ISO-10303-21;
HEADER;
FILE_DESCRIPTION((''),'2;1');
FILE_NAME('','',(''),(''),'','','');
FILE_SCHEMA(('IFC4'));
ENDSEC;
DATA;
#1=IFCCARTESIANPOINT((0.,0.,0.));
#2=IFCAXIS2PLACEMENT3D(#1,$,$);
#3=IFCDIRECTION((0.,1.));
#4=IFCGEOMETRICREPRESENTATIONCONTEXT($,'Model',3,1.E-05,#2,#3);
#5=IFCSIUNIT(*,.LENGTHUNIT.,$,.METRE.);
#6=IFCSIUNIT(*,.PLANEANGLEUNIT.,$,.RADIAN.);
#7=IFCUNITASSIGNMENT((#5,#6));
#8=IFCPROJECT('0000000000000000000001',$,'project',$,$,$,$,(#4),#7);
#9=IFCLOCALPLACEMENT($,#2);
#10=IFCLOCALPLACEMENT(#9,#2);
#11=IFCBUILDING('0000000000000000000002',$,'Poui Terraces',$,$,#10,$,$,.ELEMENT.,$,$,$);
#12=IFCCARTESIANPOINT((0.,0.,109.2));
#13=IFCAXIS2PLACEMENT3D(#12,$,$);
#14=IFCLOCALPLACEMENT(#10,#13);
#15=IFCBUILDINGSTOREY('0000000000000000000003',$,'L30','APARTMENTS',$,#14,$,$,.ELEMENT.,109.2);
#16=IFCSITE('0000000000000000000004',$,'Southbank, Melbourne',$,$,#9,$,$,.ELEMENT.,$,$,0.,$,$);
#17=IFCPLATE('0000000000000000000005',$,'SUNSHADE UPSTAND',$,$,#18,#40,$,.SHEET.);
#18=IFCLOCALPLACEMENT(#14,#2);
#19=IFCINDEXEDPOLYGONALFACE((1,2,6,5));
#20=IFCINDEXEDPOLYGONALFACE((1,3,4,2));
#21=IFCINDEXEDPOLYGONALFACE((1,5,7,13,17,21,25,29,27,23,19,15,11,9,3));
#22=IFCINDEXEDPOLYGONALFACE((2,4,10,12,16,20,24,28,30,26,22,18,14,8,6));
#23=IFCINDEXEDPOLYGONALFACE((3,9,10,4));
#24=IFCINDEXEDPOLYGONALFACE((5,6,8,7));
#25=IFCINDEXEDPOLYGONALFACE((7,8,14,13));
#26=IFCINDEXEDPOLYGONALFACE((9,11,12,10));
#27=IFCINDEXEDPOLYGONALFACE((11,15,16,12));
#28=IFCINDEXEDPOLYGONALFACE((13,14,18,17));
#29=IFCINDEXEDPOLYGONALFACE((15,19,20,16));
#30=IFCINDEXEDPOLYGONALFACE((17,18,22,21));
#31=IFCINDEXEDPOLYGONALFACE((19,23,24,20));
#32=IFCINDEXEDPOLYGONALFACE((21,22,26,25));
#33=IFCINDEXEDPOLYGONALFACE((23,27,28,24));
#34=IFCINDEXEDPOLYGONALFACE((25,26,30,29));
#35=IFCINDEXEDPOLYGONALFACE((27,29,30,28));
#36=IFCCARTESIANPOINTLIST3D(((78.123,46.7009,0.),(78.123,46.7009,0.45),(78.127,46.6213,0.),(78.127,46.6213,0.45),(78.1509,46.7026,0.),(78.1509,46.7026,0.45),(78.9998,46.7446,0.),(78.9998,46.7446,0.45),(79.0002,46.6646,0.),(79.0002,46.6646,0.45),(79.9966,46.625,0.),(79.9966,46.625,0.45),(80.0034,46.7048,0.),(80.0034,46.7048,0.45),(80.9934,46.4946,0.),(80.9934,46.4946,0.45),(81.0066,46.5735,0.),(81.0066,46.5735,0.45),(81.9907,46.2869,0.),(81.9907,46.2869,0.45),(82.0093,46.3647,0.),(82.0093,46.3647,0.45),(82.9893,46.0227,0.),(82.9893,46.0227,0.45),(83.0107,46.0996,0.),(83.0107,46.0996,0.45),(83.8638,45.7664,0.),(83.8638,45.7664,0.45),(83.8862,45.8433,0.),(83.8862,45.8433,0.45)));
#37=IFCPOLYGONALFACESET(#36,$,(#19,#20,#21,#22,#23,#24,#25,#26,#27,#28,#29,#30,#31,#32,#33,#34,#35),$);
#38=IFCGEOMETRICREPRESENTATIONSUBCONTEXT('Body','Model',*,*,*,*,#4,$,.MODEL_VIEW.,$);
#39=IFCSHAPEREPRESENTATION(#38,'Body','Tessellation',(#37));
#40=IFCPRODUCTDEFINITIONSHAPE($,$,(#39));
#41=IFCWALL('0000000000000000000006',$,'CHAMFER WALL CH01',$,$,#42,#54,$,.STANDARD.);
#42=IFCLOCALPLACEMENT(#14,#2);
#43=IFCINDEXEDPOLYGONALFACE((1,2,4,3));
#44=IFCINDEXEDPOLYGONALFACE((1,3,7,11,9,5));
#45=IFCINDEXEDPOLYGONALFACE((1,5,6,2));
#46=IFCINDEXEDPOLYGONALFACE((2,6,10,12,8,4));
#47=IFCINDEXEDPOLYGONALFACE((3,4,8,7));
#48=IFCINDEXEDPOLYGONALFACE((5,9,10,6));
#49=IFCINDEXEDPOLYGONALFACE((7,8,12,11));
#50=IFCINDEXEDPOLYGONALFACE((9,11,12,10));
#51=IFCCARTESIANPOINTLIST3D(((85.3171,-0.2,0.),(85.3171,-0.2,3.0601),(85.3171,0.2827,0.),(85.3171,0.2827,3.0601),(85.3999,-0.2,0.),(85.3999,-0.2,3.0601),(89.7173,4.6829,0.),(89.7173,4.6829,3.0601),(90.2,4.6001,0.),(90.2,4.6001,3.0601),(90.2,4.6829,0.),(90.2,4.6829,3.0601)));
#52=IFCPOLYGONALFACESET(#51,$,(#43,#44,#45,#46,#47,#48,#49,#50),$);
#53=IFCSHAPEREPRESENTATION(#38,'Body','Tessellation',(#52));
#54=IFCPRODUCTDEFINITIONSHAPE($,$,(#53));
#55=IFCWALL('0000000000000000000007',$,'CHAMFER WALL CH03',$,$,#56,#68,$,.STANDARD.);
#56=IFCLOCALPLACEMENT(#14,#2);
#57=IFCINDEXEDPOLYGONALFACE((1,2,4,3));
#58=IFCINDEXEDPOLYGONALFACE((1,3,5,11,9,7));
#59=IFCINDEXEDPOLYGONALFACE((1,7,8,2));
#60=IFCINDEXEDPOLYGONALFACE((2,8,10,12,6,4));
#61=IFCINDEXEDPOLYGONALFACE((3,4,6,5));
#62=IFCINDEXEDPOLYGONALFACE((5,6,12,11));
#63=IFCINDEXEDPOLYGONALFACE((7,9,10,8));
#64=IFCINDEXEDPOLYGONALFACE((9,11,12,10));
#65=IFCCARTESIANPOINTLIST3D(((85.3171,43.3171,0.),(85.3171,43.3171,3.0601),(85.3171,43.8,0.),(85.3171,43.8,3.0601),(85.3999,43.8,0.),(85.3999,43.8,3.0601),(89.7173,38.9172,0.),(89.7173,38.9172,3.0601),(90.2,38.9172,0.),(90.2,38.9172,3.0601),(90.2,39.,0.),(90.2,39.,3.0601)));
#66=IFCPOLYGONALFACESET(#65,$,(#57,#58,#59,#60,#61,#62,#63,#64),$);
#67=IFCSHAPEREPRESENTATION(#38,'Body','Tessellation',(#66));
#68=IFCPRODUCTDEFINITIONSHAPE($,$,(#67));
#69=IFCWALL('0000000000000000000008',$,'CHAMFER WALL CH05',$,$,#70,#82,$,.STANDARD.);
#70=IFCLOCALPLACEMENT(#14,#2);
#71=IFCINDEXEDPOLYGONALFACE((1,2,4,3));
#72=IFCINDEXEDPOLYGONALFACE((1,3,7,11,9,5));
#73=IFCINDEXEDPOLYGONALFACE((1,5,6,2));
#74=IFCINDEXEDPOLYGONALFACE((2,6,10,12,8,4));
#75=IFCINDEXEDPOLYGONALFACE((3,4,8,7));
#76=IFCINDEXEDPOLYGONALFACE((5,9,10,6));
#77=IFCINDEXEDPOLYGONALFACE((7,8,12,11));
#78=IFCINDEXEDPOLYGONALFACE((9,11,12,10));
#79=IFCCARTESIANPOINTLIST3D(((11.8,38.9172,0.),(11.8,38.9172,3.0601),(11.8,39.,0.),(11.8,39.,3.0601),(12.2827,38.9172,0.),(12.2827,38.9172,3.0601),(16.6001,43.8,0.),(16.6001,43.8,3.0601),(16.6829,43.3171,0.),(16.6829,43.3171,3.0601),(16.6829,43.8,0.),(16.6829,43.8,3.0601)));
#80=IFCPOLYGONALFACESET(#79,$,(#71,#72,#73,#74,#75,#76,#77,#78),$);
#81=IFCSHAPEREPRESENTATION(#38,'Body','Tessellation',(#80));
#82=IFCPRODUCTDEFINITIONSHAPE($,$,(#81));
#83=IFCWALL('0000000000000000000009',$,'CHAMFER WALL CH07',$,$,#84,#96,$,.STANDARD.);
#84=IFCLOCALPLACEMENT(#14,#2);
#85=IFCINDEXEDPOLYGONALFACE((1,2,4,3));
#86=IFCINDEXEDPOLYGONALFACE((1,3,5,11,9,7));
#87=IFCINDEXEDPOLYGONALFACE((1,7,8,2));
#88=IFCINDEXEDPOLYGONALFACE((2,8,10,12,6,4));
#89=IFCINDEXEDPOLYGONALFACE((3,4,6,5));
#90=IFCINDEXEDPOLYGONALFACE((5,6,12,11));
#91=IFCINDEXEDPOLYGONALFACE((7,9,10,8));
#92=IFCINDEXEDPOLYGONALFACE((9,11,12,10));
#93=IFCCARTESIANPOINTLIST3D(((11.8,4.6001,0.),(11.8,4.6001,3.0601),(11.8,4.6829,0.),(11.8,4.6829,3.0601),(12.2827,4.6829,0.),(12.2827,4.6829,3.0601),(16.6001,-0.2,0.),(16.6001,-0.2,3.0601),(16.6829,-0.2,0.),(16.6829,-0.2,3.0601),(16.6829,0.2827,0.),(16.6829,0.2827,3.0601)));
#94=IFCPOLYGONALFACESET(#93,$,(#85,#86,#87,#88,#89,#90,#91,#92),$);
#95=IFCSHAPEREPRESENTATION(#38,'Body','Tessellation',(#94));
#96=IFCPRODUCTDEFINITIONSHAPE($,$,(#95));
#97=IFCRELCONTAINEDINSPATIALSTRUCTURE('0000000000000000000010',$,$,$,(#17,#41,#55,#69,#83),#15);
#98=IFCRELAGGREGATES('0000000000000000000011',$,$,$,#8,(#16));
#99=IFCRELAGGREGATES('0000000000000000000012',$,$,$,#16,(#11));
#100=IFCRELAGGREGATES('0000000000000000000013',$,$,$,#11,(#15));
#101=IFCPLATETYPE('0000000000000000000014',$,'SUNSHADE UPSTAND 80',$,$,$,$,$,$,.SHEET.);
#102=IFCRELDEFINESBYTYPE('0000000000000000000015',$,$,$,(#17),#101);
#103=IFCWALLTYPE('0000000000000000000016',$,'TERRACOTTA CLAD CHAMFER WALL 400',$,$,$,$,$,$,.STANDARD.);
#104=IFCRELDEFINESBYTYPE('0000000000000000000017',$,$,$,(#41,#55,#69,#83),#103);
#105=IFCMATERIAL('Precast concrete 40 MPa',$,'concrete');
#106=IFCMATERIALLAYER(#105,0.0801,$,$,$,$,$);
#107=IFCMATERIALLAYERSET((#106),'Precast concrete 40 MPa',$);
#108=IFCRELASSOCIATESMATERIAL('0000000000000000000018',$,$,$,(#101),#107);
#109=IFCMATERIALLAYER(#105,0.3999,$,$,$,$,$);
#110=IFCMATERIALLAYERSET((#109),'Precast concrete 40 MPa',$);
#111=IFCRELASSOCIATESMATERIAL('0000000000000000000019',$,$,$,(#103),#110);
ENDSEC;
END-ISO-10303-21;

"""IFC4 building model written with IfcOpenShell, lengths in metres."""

from ifc_helpers import new_model, si_unit, direction, frame, origin, place, context, subcontext, project, spatial, polyline, outline, extrude, material, layer, layer_set, type_object, element, save


model = new_model("IFC4")

# Units and contexts
model_context = context("Model", 3, precision=1e-05, world=origin(), true_north=direction((0.0, 1.0)))
body_context = subcontext(model_context, "Body", "Model", "MODEL_VIEW")
ifc_project = project(units=[si_unit("LENGTHUNIT", "METRE"), si_unit("PLANEANGLEUNIT", "RADIAN")], contexts=[model_context])

# Site, building, storey
site_placement = place(None, origin())
site = spatial("IfcSite", under=ifc_project, at=site_placement, Name="Southbank, Melbourne", CompositionType="ELEMENT", RefElevation=0.0)
building_placement = place(site_placement, origin())
building = spatial("IfcBuilding", under=site, at=building_placement, Name="Poui Terraces", CompositionType="ELEMENT")
storey_placement = place(building_placement, frame((0.0, 0.0, 109.2)))
storey = spatial("IfcBuildingStorey", under=building, at=storey_placement, Name="L30", Description="APARTMENTS", CompositionType="ELEMENT", Elevation=109.2)

# Shared definitions
ifc_material = material(Name="Precast concrete 40 MPa", Category="concrete")

# Plate
ifc_layer_1 = layer(ifc_material, 0.0801)
ifc_layer_set_1 = layer_set([ifc_layer_1], Name="Precast concrete 40 MPa")
plate_type = type_object("IfcPlateType", Name="SUNSHADE UPSTAND 80", PredefinedType="SHEET", material=ifc_layer_set_1)
plate_1_placement = place(storey_placement, origin())
element("IfcPlate", 1, at=plate_1_placement, inside=storey, type_object=plate_type, Name="SUNSHADE UPSTAND", PredefinedType="SHEET", context=body_context, shape_type="SweptSolid", body=[
    extrude(outline(polyline([(78.9998, 46.7446), (78.1509, 46.7026), (78.123, 46.7009), (78.127, 46.6213), (79.0002, 46.6646), (79.9966, 46.625), (80.9934, 46.4946), (81.9907, 46.2869), (82.9893, 46.0227), (83.8638, 45.7664), (83.8862, 45.8433), (83.0107, 46.0996), (82.0093, 46.3647), (81.0066, 46.5735), (80.0034, 46.7048), (78.9998, 46.7446)])), origin(), (0.0, 0.0, 1.0), 0.45),
])

# Walls
ifc_layer_2 = layer(ifc_material, 0.3999)
ifc_layer_set_2 = layer_set([ifc_layer_2], Name="Precast concrete 40 MPa")
wall_type = type_object("IfcWallType", Name="TERRACOTTA CLAD CHAMFER WALL 400", PredefinedType="STANDARD", material=ifc_layer_set_2)
wall_1_placement = place(storey_placement, origin())
element("IfcWall", 2, at=wall_1_placement, inside=storey, type_object=wall_type, Name="CHAMFER WALL CH01", PredefinedType="STANDARD", context=body_context, shape_type="SweptSolid", body=[
    extrude(outline(polyline([(85.3171, -0.2), (85.3999, -0.2), (90.2, 4.6001), (90.2, 4.6829), (89.7173, 4.6829), (85.3171, 0.2827), (85.3171, -0.2)])), origin(), (0.0, 0.0, 1.0), 3.0601),
])
wall_2_placement = place(storey_placement, origin())
element("IfcWall", 3, at=wall_2_placement, inside=storey, type_object=wall_type, Name="CHAMFER WALL CH03", PredefinedType="STANDARD", context=body_context, shape_type="SweptSolid", body=[
    extrude(outline(polyline([(90.2, 38.9172), (90.2, 39.0), (85.3999, 43.8), (85.3171, 43.8), (85.3171, 43.3171), (89.7173, 38.9172), (90.2, 38.9172)])), origin(), (0.0, 0.0, 1.0), 3.0601),
])
wall_3_placement = place(storey_placement, origin())
element("IfcWall", 4, at=wall_3_placement, inside=storey, type_object=wall_type, Name="CHAMFER WALL CH05", PredefinedType="STANDARD", context=body_context, shape_type="SweptSolid", body=[
    extrude(outline(polyline([(16.6829, 43.8), (16.6001, 43.8), (11.8, 39.0), (11.8, 38.9172), (12.2827, 38.9172), (16.6829, 43.3171), (16.6829, 43.8)])), origin(), (0.0, 0.0, 1.0), 3.0601),
])
wall_4_placement = place(storey_placement, origin())
element("IfcWall", 5, at=wall_4_placement, inside=storey, type_object=wall_type, Name="CHAMFER WALL CH07", PredefinedType="STANDARD", context=body_context, shape_type="SweptSolid", body=[
    extrude(outline(polyline([(11.8, 4.6829), (11.8, 4.6001), (16.6001, -0.2), (16.6829, -0.2), (16.6829, 0.2827), (12.2827, 4.6829), (11.8, 4.6829)])), origin(), (0.0, 0.0, 1.0), 3.0601),
])

save(model, "model.ifc")
